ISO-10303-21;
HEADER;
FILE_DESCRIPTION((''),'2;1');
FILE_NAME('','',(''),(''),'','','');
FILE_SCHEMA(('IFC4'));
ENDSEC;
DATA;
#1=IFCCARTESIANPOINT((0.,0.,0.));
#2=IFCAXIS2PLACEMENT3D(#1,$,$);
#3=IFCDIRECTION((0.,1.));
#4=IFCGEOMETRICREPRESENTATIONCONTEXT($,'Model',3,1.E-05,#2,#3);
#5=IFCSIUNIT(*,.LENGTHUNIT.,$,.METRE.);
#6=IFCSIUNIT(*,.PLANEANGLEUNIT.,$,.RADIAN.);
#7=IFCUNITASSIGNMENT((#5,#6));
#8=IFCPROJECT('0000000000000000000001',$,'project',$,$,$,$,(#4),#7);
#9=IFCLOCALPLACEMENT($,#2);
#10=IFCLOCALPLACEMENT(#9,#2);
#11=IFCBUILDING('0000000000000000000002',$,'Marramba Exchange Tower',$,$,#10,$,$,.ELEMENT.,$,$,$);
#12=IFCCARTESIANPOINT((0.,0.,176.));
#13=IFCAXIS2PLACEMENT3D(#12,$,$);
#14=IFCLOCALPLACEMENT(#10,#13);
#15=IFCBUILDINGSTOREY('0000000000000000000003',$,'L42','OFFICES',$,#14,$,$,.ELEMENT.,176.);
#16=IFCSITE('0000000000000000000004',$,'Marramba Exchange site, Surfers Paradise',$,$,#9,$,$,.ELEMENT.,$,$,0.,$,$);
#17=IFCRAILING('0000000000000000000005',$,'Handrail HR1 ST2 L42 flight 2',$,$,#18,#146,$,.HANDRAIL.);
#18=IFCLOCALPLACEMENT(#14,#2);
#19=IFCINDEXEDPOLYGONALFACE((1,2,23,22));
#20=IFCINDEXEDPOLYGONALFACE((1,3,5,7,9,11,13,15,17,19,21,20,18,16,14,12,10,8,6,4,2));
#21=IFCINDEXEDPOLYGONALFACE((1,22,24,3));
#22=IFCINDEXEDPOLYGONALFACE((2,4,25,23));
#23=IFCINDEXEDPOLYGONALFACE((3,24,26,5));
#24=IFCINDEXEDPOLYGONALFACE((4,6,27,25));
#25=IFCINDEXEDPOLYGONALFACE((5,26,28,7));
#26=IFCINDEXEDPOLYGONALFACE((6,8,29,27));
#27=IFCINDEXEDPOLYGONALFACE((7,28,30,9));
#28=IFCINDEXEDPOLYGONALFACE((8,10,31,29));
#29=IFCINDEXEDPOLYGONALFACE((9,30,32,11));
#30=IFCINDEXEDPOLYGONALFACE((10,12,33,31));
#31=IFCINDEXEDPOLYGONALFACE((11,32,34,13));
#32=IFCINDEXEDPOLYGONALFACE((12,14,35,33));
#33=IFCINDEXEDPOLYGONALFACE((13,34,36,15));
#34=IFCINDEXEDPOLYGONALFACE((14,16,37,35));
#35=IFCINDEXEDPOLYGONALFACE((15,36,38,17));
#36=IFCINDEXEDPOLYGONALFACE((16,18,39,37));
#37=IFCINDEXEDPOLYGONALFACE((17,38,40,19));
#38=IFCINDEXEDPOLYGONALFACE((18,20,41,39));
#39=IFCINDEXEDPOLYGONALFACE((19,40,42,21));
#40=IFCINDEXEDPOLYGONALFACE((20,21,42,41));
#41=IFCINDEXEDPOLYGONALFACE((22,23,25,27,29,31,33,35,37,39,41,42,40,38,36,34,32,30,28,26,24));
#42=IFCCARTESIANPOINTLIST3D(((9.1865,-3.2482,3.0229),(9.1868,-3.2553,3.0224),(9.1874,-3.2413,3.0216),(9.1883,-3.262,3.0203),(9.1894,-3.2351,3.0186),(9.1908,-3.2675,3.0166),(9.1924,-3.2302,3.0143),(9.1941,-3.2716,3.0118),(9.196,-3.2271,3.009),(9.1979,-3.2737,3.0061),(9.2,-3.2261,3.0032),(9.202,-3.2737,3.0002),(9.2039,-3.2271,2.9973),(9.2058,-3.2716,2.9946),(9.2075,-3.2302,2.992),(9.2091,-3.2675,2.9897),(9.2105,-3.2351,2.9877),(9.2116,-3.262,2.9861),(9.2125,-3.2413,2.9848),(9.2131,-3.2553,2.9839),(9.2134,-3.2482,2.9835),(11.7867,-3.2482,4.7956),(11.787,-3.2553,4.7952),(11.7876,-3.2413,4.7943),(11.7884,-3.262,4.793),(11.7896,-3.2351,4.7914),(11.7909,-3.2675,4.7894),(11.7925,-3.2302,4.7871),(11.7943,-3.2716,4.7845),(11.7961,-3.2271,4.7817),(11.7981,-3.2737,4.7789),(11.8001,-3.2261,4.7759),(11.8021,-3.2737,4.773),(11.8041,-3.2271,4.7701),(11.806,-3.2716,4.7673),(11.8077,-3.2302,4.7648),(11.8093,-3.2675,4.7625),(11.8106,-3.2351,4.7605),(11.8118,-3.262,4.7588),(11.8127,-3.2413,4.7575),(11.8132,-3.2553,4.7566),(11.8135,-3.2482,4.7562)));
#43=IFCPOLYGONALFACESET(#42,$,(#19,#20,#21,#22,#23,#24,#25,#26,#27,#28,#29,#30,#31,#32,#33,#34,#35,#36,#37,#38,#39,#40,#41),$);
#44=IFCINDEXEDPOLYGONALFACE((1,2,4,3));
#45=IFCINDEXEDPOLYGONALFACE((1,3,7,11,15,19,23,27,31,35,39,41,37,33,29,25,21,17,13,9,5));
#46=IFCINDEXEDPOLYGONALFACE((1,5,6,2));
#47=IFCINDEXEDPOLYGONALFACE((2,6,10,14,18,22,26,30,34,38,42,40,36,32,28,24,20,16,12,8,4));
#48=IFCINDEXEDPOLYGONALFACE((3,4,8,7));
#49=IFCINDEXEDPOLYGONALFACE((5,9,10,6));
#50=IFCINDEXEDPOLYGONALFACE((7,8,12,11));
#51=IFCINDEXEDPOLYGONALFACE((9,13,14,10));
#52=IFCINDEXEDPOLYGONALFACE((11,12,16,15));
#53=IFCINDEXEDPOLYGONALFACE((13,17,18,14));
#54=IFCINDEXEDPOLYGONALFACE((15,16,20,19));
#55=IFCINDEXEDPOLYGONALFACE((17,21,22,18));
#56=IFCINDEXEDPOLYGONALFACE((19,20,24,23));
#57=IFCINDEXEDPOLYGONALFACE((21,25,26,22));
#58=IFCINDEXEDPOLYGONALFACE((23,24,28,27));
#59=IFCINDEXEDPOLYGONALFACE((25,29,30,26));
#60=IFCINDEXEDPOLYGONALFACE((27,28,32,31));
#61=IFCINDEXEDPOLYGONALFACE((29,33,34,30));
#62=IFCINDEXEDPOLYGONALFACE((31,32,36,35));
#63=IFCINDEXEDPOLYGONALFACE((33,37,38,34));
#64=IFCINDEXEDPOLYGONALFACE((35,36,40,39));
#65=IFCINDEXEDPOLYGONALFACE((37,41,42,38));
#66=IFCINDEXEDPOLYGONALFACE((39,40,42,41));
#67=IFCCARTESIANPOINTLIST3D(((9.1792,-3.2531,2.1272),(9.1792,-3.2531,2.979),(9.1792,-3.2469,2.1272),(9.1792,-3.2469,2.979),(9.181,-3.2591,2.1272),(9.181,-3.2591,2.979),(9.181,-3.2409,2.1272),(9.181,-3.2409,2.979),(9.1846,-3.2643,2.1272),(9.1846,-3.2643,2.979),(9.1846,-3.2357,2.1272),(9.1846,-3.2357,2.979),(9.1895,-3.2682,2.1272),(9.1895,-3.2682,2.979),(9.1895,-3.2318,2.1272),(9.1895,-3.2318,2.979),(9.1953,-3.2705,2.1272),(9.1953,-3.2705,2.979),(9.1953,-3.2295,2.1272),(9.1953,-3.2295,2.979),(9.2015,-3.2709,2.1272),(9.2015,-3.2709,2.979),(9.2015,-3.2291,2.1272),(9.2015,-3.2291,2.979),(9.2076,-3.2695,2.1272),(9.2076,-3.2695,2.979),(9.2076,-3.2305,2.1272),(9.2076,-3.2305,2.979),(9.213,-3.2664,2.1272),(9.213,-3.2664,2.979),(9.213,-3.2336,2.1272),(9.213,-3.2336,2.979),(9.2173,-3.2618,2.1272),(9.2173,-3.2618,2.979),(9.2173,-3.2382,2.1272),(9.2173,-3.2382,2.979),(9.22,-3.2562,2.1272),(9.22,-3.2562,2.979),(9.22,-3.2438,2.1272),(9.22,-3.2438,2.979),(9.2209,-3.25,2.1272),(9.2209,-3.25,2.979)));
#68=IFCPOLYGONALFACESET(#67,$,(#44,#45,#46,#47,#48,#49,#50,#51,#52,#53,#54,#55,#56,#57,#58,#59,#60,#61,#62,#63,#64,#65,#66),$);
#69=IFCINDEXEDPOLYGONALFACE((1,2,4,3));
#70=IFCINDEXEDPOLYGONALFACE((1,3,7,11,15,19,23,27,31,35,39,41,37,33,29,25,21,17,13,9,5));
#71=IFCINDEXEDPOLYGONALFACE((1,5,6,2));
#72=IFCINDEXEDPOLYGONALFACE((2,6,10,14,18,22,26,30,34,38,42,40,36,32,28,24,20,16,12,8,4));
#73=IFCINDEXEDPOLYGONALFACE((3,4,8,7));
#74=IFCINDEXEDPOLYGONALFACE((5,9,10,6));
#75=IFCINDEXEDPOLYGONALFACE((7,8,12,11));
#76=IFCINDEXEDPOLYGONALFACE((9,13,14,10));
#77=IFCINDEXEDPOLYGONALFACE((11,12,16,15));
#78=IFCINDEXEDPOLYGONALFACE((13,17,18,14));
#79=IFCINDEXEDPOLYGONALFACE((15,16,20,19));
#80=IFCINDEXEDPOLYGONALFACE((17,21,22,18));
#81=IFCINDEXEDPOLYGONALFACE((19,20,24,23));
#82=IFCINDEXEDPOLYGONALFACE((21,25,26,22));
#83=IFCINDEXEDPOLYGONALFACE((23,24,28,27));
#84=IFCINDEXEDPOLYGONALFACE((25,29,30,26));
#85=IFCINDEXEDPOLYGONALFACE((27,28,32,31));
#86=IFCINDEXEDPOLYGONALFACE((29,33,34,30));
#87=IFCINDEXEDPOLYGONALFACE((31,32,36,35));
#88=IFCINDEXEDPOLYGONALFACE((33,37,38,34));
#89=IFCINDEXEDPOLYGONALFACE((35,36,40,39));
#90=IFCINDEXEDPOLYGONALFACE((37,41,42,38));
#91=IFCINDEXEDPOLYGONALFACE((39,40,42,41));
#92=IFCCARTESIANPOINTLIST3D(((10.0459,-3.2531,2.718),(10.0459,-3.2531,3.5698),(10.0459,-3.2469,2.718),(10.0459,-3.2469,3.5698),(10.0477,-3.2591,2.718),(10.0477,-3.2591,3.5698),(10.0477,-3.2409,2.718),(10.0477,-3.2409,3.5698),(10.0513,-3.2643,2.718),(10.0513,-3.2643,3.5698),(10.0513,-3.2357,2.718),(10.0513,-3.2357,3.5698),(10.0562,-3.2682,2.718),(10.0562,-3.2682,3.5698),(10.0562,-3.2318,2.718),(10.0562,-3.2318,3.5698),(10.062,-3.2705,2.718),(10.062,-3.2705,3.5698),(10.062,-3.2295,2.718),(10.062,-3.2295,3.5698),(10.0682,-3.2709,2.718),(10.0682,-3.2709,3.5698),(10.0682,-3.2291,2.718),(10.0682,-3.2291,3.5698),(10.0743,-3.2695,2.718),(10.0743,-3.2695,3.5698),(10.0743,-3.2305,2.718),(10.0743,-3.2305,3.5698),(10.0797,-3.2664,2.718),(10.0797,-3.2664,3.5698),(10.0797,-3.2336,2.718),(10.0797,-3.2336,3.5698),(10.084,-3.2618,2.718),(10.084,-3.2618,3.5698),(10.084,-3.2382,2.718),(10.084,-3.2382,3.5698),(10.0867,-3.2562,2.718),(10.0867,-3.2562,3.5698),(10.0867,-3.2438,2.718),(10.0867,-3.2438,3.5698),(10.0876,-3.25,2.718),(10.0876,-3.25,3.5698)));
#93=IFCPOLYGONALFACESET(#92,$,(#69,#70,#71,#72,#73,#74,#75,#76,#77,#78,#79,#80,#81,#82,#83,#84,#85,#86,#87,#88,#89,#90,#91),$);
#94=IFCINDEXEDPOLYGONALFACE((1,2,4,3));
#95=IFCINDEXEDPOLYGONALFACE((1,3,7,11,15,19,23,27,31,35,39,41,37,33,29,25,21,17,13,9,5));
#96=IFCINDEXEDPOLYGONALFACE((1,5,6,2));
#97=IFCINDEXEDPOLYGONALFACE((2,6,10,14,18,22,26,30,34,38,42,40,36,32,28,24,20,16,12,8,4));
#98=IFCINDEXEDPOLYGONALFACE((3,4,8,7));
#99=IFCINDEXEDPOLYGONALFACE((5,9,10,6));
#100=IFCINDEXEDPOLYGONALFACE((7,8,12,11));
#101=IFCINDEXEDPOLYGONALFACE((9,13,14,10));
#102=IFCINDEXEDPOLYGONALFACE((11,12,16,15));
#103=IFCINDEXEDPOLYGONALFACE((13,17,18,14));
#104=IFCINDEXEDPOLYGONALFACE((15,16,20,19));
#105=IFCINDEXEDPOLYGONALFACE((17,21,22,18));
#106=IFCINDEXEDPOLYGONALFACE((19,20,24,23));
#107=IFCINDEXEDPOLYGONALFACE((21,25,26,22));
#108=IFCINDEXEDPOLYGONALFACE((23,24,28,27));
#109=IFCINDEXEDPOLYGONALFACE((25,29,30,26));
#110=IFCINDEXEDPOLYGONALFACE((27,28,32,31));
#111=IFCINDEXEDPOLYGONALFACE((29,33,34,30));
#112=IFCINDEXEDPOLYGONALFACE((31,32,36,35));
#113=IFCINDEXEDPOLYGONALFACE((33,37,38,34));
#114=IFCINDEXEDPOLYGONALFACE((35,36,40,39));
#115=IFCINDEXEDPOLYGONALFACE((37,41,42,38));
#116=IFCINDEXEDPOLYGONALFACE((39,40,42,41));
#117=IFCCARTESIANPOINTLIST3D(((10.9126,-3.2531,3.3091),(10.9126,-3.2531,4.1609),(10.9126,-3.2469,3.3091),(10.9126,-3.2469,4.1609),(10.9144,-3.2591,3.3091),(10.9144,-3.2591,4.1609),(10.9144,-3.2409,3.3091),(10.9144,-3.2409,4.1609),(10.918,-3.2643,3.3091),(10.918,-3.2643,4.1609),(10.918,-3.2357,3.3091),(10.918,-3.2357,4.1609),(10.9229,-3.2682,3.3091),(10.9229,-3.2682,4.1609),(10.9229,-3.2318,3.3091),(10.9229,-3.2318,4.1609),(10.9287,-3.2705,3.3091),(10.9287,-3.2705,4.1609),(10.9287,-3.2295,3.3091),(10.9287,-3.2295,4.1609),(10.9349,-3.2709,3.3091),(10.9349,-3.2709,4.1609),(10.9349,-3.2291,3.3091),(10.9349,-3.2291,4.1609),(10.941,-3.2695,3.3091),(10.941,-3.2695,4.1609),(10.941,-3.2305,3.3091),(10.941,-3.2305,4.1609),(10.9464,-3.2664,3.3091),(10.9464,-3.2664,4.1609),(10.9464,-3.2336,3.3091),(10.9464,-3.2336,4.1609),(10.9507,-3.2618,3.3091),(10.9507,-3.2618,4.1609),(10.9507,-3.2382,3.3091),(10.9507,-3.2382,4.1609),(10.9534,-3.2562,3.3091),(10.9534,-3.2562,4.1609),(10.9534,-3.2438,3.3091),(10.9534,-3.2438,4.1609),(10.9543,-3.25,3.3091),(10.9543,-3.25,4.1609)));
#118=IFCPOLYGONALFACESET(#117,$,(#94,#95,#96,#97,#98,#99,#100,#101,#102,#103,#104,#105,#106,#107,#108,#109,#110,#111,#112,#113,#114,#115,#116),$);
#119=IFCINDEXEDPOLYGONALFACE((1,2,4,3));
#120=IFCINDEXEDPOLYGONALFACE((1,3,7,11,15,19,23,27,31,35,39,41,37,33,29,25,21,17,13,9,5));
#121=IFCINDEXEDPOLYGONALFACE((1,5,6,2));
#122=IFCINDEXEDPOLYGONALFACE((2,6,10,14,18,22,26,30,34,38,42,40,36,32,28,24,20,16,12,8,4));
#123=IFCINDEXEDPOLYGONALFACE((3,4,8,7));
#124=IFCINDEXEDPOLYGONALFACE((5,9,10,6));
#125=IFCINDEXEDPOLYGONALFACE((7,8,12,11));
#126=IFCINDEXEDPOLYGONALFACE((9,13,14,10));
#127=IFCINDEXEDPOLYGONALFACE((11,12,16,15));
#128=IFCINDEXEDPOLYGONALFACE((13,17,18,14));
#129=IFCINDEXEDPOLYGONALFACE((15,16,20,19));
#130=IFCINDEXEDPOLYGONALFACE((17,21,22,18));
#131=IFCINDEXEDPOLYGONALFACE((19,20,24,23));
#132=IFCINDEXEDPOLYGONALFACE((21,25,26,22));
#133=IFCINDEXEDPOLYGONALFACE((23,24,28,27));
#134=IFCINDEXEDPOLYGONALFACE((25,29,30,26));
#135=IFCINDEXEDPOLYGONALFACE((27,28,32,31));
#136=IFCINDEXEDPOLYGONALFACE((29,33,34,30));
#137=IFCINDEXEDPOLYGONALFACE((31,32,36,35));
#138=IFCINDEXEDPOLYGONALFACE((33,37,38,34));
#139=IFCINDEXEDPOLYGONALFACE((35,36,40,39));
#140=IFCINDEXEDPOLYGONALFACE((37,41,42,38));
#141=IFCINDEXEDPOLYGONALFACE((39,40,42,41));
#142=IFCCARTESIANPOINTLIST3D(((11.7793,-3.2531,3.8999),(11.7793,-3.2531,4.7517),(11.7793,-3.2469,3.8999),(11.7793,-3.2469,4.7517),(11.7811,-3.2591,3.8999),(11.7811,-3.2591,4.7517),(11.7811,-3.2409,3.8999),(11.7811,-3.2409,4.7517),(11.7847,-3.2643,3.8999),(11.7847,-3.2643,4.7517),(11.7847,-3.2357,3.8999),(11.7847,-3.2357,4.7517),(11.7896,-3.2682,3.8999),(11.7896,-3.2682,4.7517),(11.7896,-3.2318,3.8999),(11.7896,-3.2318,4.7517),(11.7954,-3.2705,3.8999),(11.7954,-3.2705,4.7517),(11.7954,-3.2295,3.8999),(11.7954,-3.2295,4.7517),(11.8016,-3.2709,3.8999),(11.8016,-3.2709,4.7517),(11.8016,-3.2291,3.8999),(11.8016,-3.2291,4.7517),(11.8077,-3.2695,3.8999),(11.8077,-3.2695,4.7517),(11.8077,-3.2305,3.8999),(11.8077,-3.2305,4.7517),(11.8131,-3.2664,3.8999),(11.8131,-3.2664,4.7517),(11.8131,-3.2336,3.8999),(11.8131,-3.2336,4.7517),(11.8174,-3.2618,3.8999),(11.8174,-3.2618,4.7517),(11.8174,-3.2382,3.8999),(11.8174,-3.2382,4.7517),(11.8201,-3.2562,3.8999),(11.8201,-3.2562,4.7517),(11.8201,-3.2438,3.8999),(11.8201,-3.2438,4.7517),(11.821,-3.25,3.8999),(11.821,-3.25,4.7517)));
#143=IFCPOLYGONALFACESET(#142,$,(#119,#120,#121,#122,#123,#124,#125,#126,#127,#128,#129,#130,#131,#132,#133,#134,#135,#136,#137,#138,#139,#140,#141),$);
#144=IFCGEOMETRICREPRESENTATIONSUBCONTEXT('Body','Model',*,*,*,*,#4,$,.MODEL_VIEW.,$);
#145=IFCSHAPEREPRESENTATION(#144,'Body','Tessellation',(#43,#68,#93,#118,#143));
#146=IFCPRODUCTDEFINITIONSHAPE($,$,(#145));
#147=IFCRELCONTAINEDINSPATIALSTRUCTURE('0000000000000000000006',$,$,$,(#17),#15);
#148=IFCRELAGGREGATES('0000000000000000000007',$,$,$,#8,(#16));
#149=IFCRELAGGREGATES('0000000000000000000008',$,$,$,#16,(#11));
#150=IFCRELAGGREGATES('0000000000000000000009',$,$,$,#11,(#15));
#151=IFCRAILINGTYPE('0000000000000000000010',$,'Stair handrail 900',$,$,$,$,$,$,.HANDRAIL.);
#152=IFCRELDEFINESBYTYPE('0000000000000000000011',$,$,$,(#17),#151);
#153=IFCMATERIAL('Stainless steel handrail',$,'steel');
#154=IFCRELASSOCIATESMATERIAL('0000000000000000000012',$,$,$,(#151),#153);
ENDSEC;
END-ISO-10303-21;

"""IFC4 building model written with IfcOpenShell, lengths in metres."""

from ifc_helpers import new_model, si_unit, direction, frame, origin, origin_2d, place, context, subcontext, project, spatial, circle, extrude, material, type_object, element, save


model = new_model("IFC4")

# Units and contexts
model_context = context("Model", 3, precision=1e-05, world=origin(), true_north=direction((0.0, 1.0)))
body_context = subcontext(model_context, "Body", "Model", "MODEL_VIEW")
ifc_project = project(units=[si_unit("LENGTHUNIT", "METRE"), si_unit("PLANEANGLEUNIT", "RADIAN")], contexts=[model_context])

# Site, building, storey
site_placement = place(None, origin())
site = spatial("IfcSite", under=ifc_project, at=site_placement, Name="Marramba Exchange site, Surfers Paradise", CompositionType="ELEMENT", RefElevation=0.0)
building_placement = place(site_placement, origin())
building = spatial("IfcBuilding", under=site, at=building_placement, Name="Marramba Exchange Tower", CompositionType="ELEMENT")
storey_placement = place(building_placement, frame((0.0, 0.0, 176.0)))
storey = spatial("IfcBuildingStorey", under=building, at=storey_placement, Name="L42", Description="OFFICES", CompositionType="ELEMENT", Elevation=176.0)

# Railing
ifc_material_1 = material(Name="Stainless steel handrail", Category="steel")
railing_type = type_object("IfcRailingType", Name="Stair handrail 900", PredefinedType="HANDRAIL", material=ifc_material_1)
railing_placement = place(storey_placement, frame((9.2, -3.25, 2.1272)))
element("IfcRailing", 1, at=railing_placement, inside=storey, type_object=railing_type, Name="Handrail HR1 ST2 L42 flight 2", PredefinedType="HANDRAIL", context=body_context, shape_type="SweptSolid", body=[
    extrude(circle(Radius=0.0239, at=origin_2d()), frame((0.0, 0.0, 0.876), z_axis=(0.82624, 0.0, 0.563318), x_axis=(0.0, 1.0, 0.0)), (0.0, 0.0, 1.0), 3.147),
    extrude(circle(Radius=0.021, at=origin_2d()), origin(), (0.0, 0.0, 1.0), 0.8518),
    extrude(circle(Radius=0.021, at=origin_2d()), frame((0.8667, 0.0, 0.5908)), (0.0, 0.0, 1.0), 0.8518),
    extrude(circle(Radius=0.021, at=origin_2d()), frame((1.7334, 0.0, 1.1819)), (0.0, 0.0, 1.0), 0.8518),
    extrude(circle(Radius=0.021, at=origin_2d()), frame((2.6001, 0.0, 1.7727)), (0.0, 0.0, 1.0), 0.8518),
])

save(model, "model.ifc")
